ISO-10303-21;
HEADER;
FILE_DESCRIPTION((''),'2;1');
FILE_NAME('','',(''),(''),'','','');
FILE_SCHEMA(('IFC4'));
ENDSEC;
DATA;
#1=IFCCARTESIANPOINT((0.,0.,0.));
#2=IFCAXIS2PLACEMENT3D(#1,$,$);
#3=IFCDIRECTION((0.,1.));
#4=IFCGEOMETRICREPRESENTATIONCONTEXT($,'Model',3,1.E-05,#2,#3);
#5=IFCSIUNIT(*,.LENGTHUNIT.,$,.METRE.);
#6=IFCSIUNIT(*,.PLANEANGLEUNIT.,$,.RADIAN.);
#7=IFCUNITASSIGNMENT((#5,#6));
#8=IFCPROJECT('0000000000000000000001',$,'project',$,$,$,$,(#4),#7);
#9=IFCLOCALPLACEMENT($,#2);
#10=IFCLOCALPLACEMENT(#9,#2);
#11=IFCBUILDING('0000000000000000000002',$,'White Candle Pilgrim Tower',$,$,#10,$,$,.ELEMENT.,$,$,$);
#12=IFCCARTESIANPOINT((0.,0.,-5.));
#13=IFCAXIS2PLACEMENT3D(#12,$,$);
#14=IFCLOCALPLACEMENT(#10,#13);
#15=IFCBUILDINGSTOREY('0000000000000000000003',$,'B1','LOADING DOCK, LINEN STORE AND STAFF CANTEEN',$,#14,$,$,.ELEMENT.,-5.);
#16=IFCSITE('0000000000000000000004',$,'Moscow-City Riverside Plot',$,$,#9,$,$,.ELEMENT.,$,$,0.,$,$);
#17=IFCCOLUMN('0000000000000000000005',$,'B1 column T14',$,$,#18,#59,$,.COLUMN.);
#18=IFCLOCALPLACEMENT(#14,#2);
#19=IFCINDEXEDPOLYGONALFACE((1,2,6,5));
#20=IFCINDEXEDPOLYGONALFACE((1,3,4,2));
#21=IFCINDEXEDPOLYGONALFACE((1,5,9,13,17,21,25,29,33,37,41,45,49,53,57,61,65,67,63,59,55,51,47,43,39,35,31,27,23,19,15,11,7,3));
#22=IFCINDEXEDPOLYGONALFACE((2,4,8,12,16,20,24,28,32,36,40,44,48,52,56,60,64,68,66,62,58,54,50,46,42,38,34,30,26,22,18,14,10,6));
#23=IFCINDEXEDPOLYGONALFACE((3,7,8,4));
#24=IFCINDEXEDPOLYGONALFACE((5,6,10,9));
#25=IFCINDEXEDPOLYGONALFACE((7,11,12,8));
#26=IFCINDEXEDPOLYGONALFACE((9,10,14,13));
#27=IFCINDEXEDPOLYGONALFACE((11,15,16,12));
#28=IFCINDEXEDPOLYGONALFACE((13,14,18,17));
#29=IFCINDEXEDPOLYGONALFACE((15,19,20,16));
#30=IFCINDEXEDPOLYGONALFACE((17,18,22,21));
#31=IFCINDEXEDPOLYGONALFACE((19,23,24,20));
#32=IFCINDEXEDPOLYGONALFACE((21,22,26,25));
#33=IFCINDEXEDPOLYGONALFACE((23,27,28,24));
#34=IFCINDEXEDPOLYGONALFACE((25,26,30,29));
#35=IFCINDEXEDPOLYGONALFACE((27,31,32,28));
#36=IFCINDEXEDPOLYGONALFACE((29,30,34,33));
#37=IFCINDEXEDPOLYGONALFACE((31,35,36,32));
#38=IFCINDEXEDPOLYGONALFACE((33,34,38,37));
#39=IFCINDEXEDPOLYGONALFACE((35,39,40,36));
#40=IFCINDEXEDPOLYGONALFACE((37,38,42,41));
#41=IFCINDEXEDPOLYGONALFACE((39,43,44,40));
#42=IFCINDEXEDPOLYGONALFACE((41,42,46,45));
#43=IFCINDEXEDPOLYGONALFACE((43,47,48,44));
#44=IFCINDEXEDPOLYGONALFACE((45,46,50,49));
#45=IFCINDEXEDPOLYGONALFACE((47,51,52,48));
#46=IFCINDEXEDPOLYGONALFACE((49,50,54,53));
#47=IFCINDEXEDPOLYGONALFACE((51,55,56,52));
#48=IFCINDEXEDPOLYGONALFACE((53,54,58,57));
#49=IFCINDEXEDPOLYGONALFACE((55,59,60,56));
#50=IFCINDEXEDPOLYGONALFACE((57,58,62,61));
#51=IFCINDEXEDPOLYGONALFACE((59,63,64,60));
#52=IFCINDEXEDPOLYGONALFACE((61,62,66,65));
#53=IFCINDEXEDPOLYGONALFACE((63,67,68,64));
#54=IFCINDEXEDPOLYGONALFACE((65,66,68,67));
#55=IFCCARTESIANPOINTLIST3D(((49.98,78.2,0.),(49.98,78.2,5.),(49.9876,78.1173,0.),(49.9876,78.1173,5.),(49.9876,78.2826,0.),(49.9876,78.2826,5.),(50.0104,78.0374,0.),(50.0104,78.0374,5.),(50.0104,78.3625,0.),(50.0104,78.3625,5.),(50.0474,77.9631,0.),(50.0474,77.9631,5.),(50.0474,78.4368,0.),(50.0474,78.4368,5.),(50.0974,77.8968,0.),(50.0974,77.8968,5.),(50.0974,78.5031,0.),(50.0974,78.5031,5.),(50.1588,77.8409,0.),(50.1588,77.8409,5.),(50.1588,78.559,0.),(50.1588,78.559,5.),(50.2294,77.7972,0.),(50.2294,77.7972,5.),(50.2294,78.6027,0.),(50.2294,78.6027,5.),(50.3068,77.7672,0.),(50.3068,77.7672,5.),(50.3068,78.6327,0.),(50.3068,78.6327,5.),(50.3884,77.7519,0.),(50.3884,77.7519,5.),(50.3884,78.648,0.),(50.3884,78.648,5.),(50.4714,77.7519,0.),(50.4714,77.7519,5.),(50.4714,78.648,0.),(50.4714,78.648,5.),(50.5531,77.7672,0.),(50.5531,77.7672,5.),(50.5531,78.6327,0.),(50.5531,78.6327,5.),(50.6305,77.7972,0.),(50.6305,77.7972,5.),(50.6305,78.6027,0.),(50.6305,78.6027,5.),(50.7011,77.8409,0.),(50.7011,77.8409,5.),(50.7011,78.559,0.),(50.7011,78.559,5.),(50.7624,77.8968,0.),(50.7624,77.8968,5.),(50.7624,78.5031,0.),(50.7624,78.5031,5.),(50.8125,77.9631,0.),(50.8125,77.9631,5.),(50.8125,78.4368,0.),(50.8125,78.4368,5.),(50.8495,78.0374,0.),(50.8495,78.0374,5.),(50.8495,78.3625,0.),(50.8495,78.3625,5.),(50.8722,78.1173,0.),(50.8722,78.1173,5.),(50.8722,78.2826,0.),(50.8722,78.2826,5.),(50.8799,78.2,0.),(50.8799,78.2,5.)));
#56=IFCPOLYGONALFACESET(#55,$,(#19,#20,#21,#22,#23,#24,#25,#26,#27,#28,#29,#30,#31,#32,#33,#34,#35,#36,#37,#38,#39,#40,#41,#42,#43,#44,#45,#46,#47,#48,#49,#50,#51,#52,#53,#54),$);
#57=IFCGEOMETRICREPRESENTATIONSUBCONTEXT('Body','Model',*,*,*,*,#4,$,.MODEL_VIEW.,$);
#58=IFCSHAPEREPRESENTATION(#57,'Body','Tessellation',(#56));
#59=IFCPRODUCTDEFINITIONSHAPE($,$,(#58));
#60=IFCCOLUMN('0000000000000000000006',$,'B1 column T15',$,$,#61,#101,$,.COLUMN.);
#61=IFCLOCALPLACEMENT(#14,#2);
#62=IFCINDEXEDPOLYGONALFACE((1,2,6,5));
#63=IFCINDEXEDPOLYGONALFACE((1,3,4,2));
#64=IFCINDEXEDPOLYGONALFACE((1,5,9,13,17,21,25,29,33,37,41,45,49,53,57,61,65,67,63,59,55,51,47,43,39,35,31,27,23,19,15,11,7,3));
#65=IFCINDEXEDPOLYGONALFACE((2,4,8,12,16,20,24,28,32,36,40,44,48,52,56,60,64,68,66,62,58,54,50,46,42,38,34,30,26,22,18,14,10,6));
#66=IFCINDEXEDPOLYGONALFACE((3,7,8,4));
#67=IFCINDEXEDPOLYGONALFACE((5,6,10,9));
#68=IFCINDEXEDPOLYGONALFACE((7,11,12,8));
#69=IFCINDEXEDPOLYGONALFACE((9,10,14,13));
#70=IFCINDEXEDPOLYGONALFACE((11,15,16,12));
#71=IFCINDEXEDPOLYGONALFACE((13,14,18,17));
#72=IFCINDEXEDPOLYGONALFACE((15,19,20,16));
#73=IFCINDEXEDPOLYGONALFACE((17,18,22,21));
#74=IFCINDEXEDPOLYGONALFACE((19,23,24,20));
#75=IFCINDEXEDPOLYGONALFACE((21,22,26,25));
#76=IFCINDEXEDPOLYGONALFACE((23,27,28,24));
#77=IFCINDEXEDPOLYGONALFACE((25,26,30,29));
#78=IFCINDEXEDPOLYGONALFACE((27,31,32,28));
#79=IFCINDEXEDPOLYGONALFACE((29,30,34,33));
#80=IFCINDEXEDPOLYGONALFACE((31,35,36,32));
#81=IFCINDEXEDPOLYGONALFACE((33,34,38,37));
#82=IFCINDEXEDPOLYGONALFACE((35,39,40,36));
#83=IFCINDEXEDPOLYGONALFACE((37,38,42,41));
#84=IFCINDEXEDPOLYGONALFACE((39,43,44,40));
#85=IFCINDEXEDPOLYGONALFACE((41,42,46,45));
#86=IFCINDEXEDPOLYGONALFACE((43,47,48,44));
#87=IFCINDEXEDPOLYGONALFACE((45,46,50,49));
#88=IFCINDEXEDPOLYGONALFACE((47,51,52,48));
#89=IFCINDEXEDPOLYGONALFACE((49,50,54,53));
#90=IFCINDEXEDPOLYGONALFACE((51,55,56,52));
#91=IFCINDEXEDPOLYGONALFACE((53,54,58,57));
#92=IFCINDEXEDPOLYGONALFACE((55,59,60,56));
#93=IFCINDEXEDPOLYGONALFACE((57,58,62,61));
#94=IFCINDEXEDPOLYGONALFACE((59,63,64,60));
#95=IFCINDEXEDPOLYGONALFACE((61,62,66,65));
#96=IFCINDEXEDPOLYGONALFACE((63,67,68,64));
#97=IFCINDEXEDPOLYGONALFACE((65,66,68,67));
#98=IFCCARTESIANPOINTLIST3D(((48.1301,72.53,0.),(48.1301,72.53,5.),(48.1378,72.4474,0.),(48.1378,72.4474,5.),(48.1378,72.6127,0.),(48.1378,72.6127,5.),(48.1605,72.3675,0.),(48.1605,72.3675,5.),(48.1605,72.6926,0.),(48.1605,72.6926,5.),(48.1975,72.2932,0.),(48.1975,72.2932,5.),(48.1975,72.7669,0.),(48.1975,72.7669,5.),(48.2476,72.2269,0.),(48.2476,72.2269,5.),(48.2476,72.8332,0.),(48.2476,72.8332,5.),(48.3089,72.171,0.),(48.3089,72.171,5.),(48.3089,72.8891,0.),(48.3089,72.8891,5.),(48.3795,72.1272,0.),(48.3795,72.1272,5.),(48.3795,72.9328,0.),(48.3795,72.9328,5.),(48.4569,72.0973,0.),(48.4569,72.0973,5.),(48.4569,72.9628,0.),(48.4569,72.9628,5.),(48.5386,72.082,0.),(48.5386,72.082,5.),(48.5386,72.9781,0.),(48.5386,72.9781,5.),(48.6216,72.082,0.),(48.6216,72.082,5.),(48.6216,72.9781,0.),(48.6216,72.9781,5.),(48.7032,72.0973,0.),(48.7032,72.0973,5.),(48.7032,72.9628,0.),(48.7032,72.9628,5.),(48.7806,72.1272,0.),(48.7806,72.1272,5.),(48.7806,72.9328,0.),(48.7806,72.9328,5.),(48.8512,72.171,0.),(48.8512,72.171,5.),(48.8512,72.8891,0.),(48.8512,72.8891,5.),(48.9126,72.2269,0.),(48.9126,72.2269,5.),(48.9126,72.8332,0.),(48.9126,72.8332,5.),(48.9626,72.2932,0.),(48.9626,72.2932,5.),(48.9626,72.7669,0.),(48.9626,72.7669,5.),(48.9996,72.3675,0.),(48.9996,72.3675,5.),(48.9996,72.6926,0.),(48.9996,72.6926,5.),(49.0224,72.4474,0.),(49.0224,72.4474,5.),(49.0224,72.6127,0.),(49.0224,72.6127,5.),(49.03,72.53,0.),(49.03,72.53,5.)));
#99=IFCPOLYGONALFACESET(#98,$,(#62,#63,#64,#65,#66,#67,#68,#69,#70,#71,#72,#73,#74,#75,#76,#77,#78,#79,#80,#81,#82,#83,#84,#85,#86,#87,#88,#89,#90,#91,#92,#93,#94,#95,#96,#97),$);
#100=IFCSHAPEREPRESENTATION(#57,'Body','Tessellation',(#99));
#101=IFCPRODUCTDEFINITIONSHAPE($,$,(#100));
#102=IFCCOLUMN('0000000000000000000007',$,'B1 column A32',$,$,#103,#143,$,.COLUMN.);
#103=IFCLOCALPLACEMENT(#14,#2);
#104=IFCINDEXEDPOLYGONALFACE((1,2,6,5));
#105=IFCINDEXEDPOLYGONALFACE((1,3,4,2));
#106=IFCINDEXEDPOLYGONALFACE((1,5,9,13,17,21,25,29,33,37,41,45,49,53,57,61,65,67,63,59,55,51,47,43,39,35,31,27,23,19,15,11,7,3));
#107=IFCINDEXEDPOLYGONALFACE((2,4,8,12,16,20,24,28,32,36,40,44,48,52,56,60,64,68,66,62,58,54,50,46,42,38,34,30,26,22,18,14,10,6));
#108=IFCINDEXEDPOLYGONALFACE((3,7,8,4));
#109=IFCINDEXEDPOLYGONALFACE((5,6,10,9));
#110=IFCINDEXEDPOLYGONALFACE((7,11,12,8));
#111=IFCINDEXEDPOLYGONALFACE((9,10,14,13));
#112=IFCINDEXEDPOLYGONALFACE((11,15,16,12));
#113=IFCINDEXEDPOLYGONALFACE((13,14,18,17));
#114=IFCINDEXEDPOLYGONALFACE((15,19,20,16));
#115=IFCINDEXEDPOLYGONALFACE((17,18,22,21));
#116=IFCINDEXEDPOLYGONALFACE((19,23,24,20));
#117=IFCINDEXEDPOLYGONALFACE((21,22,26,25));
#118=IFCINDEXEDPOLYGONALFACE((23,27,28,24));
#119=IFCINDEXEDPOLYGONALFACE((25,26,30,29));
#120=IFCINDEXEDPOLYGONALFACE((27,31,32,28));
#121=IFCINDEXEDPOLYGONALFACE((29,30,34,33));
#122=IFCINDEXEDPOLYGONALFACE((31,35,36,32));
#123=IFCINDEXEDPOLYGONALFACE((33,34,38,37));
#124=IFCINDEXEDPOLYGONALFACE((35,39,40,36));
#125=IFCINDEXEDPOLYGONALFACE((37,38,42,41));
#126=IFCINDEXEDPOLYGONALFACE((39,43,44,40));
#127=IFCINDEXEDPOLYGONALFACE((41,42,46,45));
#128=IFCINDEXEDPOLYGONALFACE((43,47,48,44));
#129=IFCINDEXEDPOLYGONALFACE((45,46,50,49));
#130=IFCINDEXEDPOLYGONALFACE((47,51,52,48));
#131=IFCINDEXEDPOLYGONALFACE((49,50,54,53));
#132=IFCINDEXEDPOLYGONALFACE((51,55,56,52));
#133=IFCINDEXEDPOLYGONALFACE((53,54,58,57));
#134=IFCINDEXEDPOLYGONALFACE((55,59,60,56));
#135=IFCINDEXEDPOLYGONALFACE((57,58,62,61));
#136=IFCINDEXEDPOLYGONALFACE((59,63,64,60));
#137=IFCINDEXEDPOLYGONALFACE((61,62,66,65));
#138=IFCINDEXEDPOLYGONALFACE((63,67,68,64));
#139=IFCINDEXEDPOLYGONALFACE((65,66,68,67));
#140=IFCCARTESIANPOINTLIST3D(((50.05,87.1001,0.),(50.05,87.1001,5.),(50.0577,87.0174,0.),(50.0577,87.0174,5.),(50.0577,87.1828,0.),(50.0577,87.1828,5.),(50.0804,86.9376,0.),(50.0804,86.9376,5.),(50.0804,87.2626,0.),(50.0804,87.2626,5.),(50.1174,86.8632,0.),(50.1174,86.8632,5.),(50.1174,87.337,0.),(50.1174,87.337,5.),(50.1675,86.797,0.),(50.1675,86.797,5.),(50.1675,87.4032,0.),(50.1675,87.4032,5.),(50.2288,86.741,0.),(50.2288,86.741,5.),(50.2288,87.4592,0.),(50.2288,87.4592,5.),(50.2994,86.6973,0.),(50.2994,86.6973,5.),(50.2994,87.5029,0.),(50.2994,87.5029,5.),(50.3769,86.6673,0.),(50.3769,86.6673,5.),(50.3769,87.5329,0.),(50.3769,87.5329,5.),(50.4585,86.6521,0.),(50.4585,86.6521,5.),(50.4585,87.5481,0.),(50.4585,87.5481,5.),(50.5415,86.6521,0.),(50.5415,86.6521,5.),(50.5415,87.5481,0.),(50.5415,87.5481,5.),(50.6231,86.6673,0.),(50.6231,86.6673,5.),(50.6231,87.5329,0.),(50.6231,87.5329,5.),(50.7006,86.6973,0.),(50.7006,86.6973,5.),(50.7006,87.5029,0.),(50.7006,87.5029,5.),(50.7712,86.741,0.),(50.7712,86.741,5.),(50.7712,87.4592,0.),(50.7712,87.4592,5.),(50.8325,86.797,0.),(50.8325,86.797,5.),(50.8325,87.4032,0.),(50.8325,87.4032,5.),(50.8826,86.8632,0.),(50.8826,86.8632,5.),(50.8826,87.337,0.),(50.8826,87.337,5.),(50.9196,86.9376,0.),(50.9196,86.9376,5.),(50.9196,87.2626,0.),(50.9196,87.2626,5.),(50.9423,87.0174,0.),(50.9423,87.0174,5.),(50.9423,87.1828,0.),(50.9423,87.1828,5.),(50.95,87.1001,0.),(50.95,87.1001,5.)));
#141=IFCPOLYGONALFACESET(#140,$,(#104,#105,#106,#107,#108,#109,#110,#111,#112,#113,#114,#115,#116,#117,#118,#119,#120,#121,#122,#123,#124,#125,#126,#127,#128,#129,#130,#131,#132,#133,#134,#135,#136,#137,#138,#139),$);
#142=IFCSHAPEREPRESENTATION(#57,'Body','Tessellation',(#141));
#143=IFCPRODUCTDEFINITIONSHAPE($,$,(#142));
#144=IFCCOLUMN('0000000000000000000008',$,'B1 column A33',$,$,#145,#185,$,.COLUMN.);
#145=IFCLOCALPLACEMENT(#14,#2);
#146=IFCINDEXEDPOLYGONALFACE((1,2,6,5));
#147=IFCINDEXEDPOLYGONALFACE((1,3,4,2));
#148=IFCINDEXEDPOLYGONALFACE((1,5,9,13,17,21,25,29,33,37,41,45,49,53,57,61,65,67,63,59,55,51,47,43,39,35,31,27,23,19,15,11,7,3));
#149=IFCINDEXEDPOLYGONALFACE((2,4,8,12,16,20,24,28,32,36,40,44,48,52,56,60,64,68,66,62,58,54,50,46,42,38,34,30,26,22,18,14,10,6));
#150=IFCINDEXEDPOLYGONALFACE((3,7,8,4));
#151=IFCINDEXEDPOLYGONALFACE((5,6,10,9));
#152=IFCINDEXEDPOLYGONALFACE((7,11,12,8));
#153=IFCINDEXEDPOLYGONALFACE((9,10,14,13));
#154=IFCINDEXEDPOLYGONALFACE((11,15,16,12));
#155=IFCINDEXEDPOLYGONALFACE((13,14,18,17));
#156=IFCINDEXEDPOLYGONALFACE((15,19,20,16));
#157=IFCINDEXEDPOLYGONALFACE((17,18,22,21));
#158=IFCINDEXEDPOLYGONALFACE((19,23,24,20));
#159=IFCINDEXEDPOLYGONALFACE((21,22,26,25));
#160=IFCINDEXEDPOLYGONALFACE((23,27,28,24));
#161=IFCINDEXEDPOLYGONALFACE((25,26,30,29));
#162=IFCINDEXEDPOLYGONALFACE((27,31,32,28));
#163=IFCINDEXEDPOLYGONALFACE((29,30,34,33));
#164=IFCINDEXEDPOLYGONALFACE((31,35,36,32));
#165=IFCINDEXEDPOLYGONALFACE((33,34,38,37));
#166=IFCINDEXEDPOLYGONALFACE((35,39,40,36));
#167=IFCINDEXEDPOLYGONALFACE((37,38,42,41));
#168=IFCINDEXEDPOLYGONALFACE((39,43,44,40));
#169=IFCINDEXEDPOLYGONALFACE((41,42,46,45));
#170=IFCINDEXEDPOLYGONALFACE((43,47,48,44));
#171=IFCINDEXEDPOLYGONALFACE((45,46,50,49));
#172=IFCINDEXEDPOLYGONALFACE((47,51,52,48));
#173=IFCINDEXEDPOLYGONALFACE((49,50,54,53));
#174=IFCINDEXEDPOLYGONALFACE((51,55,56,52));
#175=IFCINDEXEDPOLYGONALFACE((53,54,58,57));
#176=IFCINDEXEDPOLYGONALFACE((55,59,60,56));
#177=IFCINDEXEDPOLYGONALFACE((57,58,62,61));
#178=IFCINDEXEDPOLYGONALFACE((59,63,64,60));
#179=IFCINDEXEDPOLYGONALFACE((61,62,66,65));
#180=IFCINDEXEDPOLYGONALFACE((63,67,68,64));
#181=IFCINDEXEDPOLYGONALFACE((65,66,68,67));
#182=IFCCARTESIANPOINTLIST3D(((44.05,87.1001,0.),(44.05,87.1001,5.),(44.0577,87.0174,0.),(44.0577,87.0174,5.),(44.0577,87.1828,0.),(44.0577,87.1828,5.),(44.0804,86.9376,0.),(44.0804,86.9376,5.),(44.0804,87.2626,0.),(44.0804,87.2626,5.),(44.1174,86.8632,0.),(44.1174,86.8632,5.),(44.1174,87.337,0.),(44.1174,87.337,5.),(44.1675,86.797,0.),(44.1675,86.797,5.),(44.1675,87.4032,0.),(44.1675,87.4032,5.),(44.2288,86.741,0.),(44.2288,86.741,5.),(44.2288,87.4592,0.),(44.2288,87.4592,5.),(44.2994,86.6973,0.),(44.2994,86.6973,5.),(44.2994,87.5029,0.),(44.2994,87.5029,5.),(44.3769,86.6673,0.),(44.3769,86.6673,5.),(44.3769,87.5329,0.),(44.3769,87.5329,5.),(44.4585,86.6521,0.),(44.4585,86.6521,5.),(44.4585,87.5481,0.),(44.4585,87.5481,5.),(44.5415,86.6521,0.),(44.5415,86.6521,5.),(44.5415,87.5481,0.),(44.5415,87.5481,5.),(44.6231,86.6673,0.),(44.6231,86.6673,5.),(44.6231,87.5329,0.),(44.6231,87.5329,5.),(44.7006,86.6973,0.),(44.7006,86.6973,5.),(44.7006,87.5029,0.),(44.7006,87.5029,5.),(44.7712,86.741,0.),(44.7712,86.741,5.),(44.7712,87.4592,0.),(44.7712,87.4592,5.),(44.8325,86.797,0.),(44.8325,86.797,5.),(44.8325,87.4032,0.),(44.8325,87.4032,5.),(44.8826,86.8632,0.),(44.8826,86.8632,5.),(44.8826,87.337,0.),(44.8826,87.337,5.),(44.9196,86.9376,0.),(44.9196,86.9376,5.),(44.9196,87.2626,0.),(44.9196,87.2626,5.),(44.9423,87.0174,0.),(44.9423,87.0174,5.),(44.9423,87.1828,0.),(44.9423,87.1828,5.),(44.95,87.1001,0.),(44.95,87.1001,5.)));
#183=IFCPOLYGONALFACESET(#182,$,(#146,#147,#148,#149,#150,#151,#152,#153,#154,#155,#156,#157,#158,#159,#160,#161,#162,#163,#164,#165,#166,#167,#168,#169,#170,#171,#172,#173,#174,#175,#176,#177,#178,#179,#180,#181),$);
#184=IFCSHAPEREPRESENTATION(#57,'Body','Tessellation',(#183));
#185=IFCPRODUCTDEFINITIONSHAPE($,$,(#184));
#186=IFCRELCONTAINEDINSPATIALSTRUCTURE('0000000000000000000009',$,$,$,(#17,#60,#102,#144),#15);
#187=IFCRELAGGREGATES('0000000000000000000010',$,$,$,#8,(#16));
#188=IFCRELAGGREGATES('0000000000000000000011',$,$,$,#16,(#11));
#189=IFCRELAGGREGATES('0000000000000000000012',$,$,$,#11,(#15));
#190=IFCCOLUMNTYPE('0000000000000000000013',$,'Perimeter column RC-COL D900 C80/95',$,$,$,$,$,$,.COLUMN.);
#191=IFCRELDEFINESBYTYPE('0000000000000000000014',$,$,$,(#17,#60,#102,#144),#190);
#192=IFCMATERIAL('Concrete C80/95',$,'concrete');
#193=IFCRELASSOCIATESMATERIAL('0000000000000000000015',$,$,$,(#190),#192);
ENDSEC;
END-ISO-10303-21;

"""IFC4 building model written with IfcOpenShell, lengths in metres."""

from ifc_helpers import new_model, si_unit, direction, frame, origin, origin_2d, place, context, subcontext, project, spatial, circle, extrude, material, material_profile, profile_set, type_object, element, save


model = new_model("IFC4")

# Units and contexts
model_context = context("Model", 3, precision=1e-05, world=origin(), true_north=direction((0.0, 1.0)))
body_context = subcontext(model_context, "Body", "Model", "MODEL_VIEW")
ifc_project = project(units=[si_unit("LENGTHUNIT", "METRE"), si_unit("PLANEANGLEUNIT", "RADIAN")], contexts=[model_context])

# Site, building, storey
site_placement = place(None, origin())
site = spatial("IfcSite", under=ifc_project, at=site_placement, Name="Moscow-City Riverside Plot", CompositionType="ELEMENT", RefElevation=0.0)
building_placement = place(site_placement, origin())
building = spatial("IfcBuilding", under=site, at=building_placement, Name="White Candle Pilgrim Tower", CompositionType="ELEMENT")
storey_placement = place(building_placement, frame((0.0, 0.0, -5.0)))
storey = spatial("IfcBuildingStorey", under=building, at=storey_placement, Name="B1", Description="LOADING DOCK, LINEN STORE AND STAFF CANTEEN", CompositionType="ELEMENT", Elevation=-5.0)

# Columns
ifc_material_1 = material(Name="Concrete C80/95", Category="concrete")
ifc_material_profile_1 = material_profile(ifc_material_1, circle(Radius=0.45, at=origin_2d()), Name="RC-COL D900")
ifc_profile_set_1 = profile_set([ifc_material_profile_1], Name="Concrete C80/95")
column_type = type_object("IfcColumnType", Name="Perimeter column RC-COL D900 C80/95", PredefinedType="COLUMN", material=ifc_profile_set_1)
for number, where, z_axis, x_axis, name in (
    (1, (50.4299, 78.2, 0.0), (0.0, 0.0, 1.0), (1.0, 0.0, 0.0), "B1 column T14"),
    (2, (48.5801, 72.53, 0.0), (0.0, 0.0, 1.0), (1.0, 0.0, 0.0), "B1 column T15"),
    (3, (50.5, 87.1001, 0.0), (0.0, 0.0, 1.0), (1.0, 0.0, 0.0), "B1 column A32"),
    (4, (44.5, 87.1001, 0.0), (0.0, 0.0, 1.0), (1.0, 0.0, 0.0), "B1 column A33"),
):
    element("IfcColumn", number, at=place(storey_placement, frame(where, z_axis=z_axis, x_axis=x_axis)), inside=storey, type_object=column_type, Name=name, PredefinedType="COLUMN", context=body_context, shape_type="SweptSolid", body=[
        extrude(circle(Radius=0.45, at=origin_2d()), origin(), (0.0, 0.0, 1.0), 5.0),
    ])

save(model, "model.ifc")
